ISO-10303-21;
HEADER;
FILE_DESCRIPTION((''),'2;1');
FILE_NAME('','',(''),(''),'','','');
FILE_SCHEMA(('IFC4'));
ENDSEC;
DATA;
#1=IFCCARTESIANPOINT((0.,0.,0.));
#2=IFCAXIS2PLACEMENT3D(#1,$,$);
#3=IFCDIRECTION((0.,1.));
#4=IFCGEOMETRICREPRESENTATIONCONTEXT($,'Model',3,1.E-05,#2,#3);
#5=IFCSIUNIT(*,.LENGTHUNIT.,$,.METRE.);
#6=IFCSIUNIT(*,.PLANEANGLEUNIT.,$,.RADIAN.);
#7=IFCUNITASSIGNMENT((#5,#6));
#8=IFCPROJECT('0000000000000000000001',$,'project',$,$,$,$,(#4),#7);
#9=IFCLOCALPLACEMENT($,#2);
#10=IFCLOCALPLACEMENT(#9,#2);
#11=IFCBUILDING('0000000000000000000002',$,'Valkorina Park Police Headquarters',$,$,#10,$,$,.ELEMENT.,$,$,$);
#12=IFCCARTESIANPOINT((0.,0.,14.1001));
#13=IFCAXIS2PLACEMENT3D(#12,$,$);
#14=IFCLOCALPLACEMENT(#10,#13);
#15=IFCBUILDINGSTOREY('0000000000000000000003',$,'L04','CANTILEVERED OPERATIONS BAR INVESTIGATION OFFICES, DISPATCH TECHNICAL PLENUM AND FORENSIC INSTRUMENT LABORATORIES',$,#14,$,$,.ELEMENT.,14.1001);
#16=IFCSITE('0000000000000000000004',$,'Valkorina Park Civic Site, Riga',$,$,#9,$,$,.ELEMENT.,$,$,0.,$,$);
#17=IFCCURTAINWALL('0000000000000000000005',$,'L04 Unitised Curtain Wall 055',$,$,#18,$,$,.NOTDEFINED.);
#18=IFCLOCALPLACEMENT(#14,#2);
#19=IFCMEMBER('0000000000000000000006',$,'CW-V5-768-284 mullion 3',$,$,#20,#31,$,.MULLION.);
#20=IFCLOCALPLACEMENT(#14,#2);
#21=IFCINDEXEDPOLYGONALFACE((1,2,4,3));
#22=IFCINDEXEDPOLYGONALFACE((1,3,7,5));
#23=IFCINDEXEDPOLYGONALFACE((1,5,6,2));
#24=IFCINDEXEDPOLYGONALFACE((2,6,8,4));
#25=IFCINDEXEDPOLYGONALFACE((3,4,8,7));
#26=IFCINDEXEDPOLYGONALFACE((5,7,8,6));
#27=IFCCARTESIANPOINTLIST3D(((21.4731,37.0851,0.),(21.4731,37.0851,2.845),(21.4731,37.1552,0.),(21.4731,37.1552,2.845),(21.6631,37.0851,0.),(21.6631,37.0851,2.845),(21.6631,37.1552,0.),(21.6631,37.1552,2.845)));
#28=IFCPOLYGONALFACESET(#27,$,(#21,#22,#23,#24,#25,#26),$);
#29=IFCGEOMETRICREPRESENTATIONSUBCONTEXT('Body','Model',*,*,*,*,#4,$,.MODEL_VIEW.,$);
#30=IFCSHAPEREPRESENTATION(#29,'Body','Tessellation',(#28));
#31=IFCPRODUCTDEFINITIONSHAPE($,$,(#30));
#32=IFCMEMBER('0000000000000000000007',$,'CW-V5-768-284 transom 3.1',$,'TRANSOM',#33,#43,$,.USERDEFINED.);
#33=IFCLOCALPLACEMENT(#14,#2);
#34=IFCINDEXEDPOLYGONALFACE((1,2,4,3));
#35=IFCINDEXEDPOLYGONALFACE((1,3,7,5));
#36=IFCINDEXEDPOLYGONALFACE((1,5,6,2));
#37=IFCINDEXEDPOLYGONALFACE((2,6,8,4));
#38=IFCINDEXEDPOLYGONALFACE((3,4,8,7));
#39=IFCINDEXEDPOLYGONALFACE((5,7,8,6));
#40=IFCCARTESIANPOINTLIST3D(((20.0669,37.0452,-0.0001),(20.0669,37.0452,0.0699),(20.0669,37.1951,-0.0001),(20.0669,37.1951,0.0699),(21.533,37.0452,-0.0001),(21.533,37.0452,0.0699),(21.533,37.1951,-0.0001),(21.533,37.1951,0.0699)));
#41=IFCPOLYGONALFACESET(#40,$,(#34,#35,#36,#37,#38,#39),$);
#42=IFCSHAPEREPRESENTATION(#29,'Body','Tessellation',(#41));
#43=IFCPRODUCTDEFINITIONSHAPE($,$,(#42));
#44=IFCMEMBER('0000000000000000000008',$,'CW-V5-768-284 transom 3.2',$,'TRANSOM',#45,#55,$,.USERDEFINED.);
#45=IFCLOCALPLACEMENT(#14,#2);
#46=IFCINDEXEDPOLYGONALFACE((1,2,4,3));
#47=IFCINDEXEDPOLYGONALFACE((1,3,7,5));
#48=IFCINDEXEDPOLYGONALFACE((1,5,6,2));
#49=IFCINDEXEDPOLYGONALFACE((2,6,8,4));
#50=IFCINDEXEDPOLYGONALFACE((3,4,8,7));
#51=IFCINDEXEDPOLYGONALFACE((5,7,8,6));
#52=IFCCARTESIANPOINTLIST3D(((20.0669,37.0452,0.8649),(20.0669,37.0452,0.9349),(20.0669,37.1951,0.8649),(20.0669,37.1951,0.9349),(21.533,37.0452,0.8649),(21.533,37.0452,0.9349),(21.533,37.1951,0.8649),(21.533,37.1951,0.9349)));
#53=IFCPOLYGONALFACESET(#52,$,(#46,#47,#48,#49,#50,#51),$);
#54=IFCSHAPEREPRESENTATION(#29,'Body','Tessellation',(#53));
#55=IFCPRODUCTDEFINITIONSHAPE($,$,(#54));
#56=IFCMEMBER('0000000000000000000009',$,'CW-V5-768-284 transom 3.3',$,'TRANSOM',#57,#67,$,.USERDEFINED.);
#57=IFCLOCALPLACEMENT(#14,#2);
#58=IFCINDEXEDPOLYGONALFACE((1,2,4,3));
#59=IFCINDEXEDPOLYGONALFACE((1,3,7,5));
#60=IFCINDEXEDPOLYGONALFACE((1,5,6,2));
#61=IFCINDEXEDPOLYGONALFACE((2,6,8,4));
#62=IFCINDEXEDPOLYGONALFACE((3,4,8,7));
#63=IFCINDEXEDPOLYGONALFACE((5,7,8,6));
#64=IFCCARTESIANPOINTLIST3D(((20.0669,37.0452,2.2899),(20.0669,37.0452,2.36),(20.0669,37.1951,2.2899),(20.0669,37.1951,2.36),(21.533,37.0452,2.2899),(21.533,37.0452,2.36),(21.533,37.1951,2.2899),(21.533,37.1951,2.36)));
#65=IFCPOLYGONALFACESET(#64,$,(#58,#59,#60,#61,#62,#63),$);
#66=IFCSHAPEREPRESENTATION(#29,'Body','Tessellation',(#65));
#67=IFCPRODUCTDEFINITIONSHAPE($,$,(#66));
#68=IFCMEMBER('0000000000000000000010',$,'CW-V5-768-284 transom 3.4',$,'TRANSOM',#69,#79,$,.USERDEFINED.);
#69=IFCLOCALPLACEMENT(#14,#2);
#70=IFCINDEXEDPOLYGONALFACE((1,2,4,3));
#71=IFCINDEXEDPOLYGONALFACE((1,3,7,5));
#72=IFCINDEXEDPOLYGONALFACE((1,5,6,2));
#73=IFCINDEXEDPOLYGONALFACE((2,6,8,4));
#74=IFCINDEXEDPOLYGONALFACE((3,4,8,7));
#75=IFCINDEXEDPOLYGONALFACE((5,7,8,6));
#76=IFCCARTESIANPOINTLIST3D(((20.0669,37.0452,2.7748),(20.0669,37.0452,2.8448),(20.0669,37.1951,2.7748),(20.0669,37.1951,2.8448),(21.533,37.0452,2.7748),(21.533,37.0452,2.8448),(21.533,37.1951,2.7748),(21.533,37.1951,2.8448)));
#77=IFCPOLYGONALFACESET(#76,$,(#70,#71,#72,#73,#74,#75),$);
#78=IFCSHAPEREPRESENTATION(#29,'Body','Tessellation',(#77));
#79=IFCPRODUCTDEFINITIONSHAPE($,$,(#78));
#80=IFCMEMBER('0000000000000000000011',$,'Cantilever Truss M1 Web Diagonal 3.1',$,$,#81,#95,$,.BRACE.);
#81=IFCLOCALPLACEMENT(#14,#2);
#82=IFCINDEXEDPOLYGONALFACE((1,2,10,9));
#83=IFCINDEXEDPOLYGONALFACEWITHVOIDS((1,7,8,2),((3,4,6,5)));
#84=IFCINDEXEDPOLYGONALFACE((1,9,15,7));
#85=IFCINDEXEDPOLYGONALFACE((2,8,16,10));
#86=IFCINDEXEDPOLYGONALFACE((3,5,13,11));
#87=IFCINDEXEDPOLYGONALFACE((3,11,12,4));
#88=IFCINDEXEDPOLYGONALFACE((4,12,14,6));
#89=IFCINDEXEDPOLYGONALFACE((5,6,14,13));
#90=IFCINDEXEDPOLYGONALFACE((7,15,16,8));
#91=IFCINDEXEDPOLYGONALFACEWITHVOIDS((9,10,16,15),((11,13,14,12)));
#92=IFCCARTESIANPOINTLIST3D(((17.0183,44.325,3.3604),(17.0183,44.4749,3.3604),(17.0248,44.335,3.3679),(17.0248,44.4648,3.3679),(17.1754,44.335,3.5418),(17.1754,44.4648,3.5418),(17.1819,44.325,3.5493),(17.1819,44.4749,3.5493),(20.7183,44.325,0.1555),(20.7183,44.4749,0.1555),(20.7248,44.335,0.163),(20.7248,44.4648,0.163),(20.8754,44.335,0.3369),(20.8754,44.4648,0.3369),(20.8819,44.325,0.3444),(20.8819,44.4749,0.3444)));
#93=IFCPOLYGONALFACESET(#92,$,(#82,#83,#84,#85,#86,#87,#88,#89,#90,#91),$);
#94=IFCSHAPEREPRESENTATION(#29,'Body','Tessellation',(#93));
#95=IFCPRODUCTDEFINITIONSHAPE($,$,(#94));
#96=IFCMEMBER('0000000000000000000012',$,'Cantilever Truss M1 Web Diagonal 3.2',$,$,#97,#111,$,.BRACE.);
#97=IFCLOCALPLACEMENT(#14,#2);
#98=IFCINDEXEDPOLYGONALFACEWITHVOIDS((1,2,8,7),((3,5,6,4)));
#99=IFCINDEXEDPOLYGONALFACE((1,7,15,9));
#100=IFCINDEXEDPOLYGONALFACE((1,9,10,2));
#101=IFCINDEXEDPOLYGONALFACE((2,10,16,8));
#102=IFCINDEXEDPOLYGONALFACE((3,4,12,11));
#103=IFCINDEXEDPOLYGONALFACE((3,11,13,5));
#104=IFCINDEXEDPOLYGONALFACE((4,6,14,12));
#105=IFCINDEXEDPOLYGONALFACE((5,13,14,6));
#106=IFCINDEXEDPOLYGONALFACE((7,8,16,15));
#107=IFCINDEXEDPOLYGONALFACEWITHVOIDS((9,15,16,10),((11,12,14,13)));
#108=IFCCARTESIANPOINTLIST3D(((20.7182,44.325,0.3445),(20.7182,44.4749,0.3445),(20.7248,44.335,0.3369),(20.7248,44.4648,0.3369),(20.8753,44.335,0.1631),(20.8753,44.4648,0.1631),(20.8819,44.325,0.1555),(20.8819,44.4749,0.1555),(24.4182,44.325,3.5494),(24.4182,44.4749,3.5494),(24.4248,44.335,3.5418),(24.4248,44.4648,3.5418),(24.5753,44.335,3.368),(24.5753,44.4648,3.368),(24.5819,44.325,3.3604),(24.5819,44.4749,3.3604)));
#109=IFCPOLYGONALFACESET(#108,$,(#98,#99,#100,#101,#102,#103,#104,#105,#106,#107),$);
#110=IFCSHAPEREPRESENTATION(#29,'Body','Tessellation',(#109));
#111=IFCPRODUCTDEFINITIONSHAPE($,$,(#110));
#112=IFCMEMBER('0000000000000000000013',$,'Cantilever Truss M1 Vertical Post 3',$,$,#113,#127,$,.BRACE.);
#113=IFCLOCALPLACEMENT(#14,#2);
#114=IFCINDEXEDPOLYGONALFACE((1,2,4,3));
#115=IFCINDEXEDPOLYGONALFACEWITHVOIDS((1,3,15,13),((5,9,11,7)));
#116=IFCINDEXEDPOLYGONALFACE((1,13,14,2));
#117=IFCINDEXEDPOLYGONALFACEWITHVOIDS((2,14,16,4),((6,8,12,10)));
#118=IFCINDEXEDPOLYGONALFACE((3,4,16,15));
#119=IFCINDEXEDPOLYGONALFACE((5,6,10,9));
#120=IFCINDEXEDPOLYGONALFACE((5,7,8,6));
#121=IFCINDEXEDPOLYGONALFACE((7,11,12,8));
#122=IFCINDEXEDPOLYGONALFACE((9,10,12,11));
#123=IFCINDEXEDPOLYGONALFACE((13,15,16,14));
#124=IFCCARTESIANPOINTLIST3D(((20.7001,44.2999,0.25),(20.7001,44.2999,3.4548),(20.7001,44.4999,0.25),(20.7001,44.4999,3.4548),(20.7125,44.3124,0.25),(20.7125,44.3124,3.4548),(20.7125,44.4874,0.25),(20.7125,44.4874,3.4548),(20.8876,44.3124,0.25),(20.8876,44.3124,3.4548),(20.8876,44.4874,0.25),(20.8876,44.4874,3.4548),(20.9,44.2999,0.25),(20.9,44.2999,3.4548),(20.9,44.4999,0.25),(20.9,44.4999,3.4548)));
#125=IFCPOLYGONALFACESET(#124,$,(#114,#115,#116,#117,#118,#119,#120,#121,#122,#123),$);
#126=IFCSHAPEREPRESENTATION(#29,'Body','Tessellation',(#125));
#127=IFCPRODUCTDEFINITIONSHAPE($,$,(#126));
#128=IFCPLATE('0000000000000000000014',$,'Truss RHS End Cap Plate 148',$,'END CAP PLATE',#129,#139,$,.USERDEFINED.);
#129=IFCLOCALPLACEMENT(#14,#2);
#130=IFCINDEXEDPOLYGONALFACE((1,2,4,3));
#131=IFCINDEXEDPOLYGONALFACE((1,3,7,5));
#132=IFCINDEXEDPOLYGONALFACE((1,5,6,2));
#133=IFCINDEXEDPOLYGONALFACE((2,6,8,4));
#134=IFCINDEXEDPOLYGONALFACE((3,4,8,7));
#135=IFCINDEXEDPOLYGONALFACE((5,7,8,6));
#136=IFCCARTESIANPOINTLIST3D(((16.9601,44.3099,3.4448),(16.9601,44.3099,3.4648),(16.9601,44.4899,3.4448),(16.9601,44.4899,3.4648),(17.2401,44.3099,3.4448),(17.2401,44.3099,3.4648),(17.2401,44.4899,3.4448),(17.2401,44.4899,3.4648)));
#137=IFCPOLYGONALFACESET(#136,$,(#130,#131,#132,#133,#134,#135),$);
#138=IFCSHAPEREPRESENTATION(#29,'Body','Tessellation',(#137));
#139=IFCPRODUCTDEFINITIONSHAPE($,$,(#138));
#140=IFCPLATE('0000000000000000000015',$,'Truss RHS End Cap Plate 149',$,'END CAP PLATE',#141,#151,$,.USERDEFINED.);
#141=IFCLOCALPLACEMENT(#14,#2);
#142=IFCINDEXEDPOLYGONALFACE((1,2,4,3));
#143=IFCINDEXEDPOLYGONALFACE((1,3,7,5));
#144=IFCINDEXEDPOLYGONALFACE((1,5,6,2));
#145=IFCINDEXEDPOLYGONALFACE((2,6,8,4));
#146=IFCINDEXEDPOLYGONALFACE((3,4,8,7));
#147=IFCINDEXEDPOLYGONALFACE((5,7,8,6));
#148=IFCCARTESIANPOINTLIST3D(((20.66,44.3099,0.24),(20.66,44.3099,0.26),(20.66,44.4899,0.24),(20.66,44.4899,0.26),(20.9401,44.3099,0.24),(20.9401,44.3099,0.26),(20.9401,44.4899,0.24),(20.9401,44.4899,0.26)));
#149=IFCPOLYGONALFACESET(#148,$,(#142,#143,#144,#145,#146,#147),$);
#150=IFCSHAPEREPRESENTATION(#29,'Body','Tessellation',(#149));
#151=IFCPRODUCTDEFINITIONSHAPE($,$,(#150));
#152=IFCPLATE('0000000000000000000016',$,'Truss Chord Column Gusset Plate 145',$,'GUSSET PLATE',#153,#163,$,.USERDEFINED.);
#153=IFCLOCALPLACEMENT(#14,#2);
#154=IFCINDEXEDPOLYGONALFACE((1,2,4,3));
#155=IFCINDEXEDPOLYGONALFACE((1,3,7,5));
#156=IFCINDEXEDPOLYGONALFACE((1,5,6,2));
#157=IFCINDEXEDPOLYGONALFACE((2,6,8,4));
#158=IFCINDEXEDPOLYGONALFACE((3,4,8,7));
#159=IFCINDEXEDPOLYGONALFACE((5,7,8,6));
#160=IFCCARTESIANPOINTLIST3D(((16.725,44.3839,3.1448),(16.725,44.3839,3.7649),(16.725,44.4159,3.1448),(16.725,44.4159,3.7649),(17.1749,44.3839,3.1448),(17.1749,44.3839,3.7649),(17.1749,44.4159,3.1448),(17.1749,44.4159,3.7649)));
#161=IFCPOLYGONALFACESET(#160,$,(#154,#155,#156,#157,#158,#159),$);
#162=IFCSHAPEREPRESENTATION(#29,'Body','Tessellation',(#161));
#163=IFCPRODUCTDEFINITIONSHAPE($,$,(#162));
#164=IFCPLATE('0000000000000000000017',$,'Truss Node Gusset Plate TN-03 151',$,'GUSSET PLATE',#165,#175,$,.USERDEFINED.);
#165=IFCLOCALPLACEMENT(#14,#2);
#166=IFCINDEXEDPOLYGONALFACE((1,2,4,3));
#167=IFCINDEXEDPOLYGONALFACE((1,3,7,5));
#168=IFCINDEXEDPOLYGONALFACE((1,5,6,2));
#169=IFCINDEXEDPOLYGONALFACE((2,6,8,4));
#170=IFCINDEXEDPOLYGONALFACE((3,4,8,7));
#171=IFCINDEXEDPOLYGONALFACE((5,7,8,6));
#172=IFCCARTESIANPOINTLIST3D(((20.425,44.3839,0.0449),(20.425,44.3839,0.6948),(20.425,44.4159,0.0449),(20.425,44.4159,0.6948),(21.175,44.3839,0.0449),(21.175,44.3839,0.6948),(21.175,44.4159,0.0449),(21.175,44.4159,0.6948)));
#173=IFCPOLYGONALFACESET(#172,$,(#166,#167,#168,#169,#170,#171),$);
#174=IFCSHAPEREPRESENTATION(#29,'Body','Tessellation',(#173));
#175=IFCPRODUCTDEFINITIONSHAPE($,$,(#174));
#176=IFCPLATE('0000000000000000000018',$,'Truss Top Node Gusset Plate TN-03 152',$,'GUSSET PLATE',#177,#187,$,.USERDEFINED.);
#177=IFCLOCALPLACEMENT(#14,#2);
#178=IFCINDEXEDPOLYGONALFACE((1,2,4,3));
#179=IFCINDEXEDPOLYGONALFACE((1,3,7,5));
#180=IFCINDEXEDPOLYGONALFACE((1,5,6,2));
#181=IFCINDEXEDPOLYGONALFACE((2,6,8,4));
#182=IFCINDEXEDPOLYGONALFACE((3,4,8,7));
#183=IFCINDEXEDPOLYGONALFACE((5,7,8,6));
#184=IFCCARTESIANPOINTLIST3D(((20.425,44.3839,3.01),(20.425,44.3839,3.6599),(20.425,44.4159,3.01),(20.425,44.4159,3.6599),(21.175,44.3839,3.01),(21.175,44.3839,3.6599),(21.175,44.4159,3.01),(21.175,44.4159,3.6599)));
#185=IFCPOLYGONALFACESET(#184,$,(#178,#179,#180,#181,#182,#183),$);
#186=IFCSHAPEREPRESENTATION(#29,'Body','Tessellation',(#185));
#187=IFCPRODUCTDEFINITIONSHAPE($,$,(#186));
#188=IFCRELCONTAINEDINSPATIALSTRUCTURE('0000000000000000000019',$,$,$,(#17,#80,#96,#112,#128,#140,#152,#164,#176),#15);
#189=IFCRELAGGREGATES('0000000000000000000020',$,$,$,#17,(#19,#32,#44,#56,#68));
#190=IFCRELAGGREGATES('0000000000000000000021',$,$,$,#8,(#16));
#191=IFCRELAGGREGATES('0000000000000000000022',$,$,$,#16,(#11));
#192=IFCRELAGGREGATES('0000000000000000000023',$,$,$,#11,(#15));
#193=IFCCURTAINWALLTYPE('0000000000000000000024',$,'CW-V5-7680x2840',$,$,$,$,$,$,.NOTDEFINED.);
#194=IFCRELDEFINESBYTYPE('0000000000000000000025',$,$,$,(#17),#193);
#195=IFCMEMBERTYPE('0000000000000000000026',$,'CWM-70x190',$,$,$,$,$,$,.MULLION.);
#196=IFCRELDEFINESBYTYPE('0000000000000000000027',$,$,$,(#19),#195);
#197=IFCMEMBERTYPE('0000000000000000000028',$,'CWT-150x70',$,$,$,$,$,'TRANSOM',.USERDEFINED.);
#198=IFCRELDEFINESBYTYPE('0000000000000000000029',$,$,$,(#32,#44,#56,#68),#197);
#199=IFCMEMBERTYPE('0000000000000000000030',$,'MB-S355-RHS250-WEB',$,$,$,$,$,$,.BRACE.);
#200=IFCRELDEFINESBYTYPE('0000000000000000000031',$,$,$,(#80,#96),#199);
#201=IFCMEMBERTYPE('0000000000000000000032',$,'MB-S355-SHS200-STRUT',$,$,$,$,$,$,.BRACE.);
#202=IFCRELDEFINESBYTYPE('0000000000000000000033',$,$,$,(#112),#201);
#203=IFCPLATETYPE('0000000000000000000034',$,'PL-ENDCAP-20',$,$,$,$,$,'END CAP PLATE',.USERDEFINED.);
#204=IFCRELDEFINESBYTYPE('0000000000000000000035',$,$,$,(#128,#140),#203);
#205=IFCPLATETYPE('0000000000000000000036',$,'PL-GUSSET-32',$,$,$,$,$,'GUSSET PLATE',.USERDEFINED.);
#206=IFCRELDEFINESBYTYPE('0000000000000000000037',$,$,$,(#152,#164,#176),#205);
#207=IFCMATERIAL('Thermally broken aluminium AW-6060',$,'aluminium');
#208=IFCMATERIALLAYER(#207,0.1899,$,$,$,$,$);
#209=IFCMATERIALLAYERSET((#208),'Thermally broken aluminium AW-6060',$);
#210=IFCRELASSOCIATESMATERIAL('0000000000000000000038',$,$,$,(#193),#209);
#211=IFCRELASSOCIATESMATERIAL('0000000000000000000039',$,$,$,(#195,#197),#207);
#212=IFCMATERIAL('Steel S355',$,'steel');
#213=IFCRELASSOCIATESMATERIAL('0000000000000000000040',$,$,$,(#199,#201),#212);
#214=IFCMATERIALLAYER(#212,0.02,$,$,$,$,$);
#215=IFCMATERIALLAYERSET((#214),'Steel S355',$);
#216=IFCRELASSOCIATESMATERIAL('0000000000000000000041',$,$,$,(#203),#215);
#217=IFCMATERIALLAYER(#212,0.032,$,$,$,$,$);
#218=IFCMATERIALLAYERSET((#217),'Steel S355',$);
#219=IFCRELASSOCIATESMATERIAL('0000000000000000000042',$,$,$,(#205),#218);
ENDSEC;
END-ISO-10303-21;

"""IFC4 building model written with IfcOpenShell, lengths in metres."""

from ifc_helpers import new_model, si_unit, direction, frame, origin, origin_2d, place, context, subcontext, project, spatial, rectangle, hollow_rectangle, extrude, material, layer, layer_set, material_profile, profile_set, type_object, element, aggregate, save


model = new_model("IFC4")

# Units and contexts
model_context = context("Model", 3, precision=1e-05, world=origin(), true_north=direction((0.0, 1.0)))
body_context = subcontext(model_context, "Body", "Model", "MODEL_VIEW")
ifc_project = project(units=[si_unit("LENGTHUNIT", "METRE"), si_unit("PLANEANGLEUNIT", "RADIAN")], contexts=[model_context])

# Site, building, storey
site_placement = place(None, origin())
site = spatial("IfcSite", under=ifc_project, at=site_placement, Name="Valkorina Park Civic Site, Riga", CompositionType="ELEMENT", RefElevation=0.0)
building_placement = place(site_placement, origin())
building = spatial("IfcBuilding", under=site, at=building_placement, Name="Valkorina Park Police Headquarters", CompositionType="ELEMENT")
storey_placement = place(building_placement, frame((0.0, 0.0, 14.1001)))
storey = spatial("IfcBuildingStorey", under=building, at=storey_placement, Name="L04", Description="CANTILEVERED OPERATIONS BAR INVESTIGATION OFFICES, DISPATCH TECHNICAL PLENUM AND FORENSIC INSTRUMENT LABORATORIES", CompositionType="ELEMENT", Elevation=14.1001)

# Curtain wall, members
ifc_material_1 = material(Name="Thermally broken aluminium AW-6060", Category="aluminium")
ifc_layer_1 = layer(ifc_material_1, 0.1899)
ifc_layer_set_1 = layer_set([ifc_layer_1], Name="Thermally broken aluminium AW-6060")
curtain_wall_type = type_object("IfcCurtainWallType", Name="CW-V5-7680x2840", PredefinedType="NOTDEFINED", material=ifc_layer_set_1)
curtain_wall_placement = place(storey_placement, origin())
curtain_wall = element("IfcCurtainWall", 1, at=curtain_wall_placement, inside=storey, type_object=curtain_wall_type, Name="L04 Unitised Curtain Wall 055", PredefinedType="NOTDEFINED")
ifc_material_profile_1 = material_profile(ifc_material_1, rectangle(XDim=0.0701, YDim=0.1899, at=origin_2d()), Name="CWM-02 70x190")
ifc_profile_set_1 = profile_set([ifc_material_profile_1], Name="Thermally broken aluminium AW-6060")
member_type_1 = type_object("IfcMemberType", Name="CWM-70x190", PredefinedType="MULLION", material=ifc_profile_set_1)
member_1_placement = place(storey_placement, frame((21.5681, 37.1201, 0.0), z_axis=(0.0, 0.0, 1.0), x_axis=(0.0, -1.0, 0.0)))
member_1 = element("IfcMember", 2, at=member_1_placement, type_object=member_type_1, Name="CW-V5-768-284 mullion 3", PredefinedType="MULLION", context=body_context, shape_type="SweptSolid", body=[
    extrude(rectangle(XDim=0.0701, YDim=0.1899, at=origin_2d()), origin(), (0.0, 0.0, 1.0), 2.845),
])
ifc_material_profile_2 = material_profile(ifc_material_1, rectangle(XDim=0.1499, YDim=0.0701, at=origin_2d()), Name="CWT-02 150x70")
ifc_profile_set_2 = profile_set([ifc_material_profile_2], Name="Thermally broken aluminium AW-6060")
member_type_2 = type_object("IfcMemberType", Name="CWT-150x70", ElementType="TRANSOM", PredefinedType="USERDEFINED", material=ifc_profile_set_2)
member_2_placement = place(storey_placement, frame((21.533, 37.1201, 0.0349), z_axis=(-1.0, 0.0, 0.0), x_axis=(0.0, -1.0, 0.0)))
member_2 = element("IfcMember", 3, at=member_2_placement, type_object=member_type_2, Name="CW-V5-768-284 transom 3.1", ObjectType="TRANSOM", PredefinedType="USERDEFINED", context=body_context, shape_type="SweptSolid", body=[
    extrude(rectangle(XDim=0.1499, YDim=0.0701, at=origin_2d()), origin(), (0.0, 0.0, 1.0), 1.4661),
])
member_3_placement = place(storey_placement, frame((21.533, 37.1201, 0.8999), z_axis=(-1.0, 0.0, 0.0), x_axis=(0.0, -1.0, 0.0)))
member_3 = element("IfcMember", 4, at=member_3_placement, type_object=member_type_2, Name="CW-V5-768-284 transom 3.2", ObjectType="TRANSOM", PredefinedType="USERDEFINED", context=body_context, shape_type="SweptSolid", body=[
    extrude(rectangle(XDim=0.1499, YDim=0.0701, at=origin_2d()), origin(), (0.0, 0.0, 1.0), 1.4661),
])
member_4_placement = place(storey_placement, frame((21.533, 37.1201, 2.325), z_axis=(-1.0, 0.0, 0.0), x_axis=(0.0, -1.0, 0.0)))
member_4 = element("IfcMember", 5, at=member_4_placement, type_object=member_type_2, Name="CW-V5-768-284 transom 3.3", ObjectType="TRANSOM", PredefinedType="USERDEFINED", context=body_context, shape_type="SweptSolid", body=[
    extrude(rectangle(XDim=0.1499, YDim=0.0701, at=origin_2d()), origin(), (0.0, 0.0, 1.0), 1.4661),
])
member_5_placement = place(storey_placement, frame((21.533, 37.1201, 2.8098), z_axis=(-1.0, 0.0, 0.0), x_axis=(0.0, -1.0, 0.0)))
member_5 = element("IfcMember", 6, at=member_5_placement, type_object=member_type_2, Name="CW-V5-768-284 transom 3.4", ObjectType="TRANSOM", PredefinedType="USERDEFINED", context=body_context, shape_type="SweptSolid", body=[
    extrude(rectangle(XDim=0.1499, YDim=0.0701, at=origin_2d()), origin(), (0.0, 0.0, 1.0), 1.4661),
])
aggregate(curtain_wall, [member_1, member_2, member_3, member_4, member_5])

# Members
ifc_material_2 = material(Name="Steel S355", Category="steel")
ifc_material_profile_3 = material_profile(ifc_material_2, hollow_rectangle(XDim=0.1499, YDim=0.25, WallThickness=0.01, at=origin_2d()), Name="RHS 250x150x10")
ifc_profile_set_3 = profile_set([ifc_material_profile_3], Name="Steel S355")
member_type_3 = type_object("IfcMemberType", Name="MB-S355-RHS250-WEB", PredefinedType="BRACE", material=ifc_profile_set_3)
for number, where, z_axis, x_axis, name in (
    (7, (17.1001, 44.3999, 3.4548), (0.75587, 0.0, -0.654722), (0.0, 1.0, 0.0), "Cantilever Truss M1 Web Diagonal 3.1"),
    (8, (20.8, 44.3999, 0.25), (0.75587, 0.0, 0.654722), (0.0, 1.0, 0.0), "Cantilever Truss M1 Web Diagonal 3.2"),
):
    element("IfcMember", number, at=place(storey_placement, frame(where, z_axis=z_axis, x_axis=x_axis)), inside=storey, type_object=member_type_3, Name=name, PredefinedType="BRACE", context=body_context, shape_type="SweptSolid", body=[
        extrude(hollow_rectangle(XDim=0.1499, YDim=0.25, WallThickness=0.01, at=origin_2d()), origin(), (0.0, 0.0, 1.0), 4.895),
    ])
ifc_material_profile_4 = material_profile(ifc_material_2, hollow_rectangle(XDim=0.2, YDim=0.2, WallThickness=0.0125, at=origin_2d()), Name="SHS 200x200x12.5")
ifc_profile_set_4 = profile_set([ifc_material_profile_4], Name="Steel S355")
member_type_4 = type_object("IfcMemberType", Name="MB-S355-SHS200-STRUT", PredefinedType="BRACE", material=ifc_profile_set_4)
member_6_placement = place(storey_placement, frame((20.8, 44.3999, 0.25), z_axis=(0.0, 0.0, 1.0), x_axis=(1.0, 0.0, 0.0)))
element("IfcMember", 9, at=member_6_placement, inside=storey, type_object=member_type_4, Name="Cantilever Truss M1 Vertical Post 3", PredefinedType="BRACE", context=body_context, shape_type="SweptSolid", body=[
    extrude(hollow_rectangle(XDim=0.2, YDim=0.2, WallThickness=0.0125, at=origin_2d()), origin(), (0.0, 0.0, 1.0), 3.2048),
])

# Plates
ifc_layer_2 = layer(ifc_material_2, 0.02)
ifc_layer_set_2 = layer_set([ifc_layer_2], Name="Steel S355")
plate_type_1 = type_object("IfcPlateType", Name="PL-ENDCAP-20", ElementType="END CAP PLATE", PredefinedType="USERDEFINED", material=ifc_layer_set_2)
for number, where, z_axis, x_axis, name in (
    (10, (17.1001, 44.3999, 3.4448), (0.0, 0.0, 1.0), (1.0, 0.0, 0.0), "Truss RHS End Cap Plate 148"),
    (11, (20.8, 44.3999, 0.24), (0.0, 0.0, 1.0), (1.0, 0.0, 0.0), "Truss RHS End Cap Plate 149"),
):
    element("IfcPlate", number, at=place(storey_placement, frame(where, z_axis=z_axis, x_axis=x_axis)), inside=storey, type_object=plate_type_1, Name=name, ObjectType="END CAP PLATE", PredefinedType="USERDEFINED", context=body_context, shape_type="SweptSolid", body=[
        extrude(rectangle(XDim=0.28, YDim=0.1799, at=origin_2d()), origin(), (0.0, 0.0, 1.0), 0.02),
    ])
ifc_layer_3 = layer(ifc_material_2, 0.032)
ifc_layer_set_3 = layer_set([ifc_layer_3], Name="Steel S355")
plate_type_2 = type_object("IfcPlateType", Name="PL-GUSSET-32", ElementType="GUSSET PLATE", PredefinedType="USERDEFINED", material=ifc_layer_set_3)
plate_placement = place(storey_placement, frame((16.95, 44.3999, 3.1448), z_axis=(0.0, 0.0, 1.0), x_axis=(1.0, 0.0, 0.0)))
element("IfcPlate", 12, at=plate_placement, inside=storey, type_object=plate_type_2, Name="Truss Chord Column Gusset Plate 145", ObjectType="GUSSET PLATE", PredefinedType="USERDEFINED", context=body_context, shape_type="SweptSolid", body=[
    extrude(rectangle(XDim=0.45, YDim=0.032, at=origin_2d()), origin(), (0.0, 0.0, 1.0), 0.6201),
])
for number, where, z_axis, x_axis, name in (
    (13, (20.8, 44.3999, 0.0449), (0.0, 0.0, 1.0), (1.0, 0.0, 0.0), "Truss Node Gusset Plate TN-03 151"),
    (14, (20.8, 44.3999, 3.01), (0.0, 0.0, 1.0), (1.0, 0.0, 0.0), "Truss Top Node Gusset Plate TN-03 152"),
):
    element("IfcPlate", number, at=place(storey_placement, frame(where, z_axis=z_axis, x_axis=x_axis)), inside=storey, type_object=plate_type_2, Name=name, ObjectType="GUSSET PLATE", PredefinedType="USERDEFINED", context=body_context, shape_type="SweptSolid", body=[
        extrude(rectangle(XDim=0.75, YDim=0.032, at=origin_2d()), origin(), (0.0, 0.0, 1.0), 0.6499),
    ])

save(model, "model.ifc")
